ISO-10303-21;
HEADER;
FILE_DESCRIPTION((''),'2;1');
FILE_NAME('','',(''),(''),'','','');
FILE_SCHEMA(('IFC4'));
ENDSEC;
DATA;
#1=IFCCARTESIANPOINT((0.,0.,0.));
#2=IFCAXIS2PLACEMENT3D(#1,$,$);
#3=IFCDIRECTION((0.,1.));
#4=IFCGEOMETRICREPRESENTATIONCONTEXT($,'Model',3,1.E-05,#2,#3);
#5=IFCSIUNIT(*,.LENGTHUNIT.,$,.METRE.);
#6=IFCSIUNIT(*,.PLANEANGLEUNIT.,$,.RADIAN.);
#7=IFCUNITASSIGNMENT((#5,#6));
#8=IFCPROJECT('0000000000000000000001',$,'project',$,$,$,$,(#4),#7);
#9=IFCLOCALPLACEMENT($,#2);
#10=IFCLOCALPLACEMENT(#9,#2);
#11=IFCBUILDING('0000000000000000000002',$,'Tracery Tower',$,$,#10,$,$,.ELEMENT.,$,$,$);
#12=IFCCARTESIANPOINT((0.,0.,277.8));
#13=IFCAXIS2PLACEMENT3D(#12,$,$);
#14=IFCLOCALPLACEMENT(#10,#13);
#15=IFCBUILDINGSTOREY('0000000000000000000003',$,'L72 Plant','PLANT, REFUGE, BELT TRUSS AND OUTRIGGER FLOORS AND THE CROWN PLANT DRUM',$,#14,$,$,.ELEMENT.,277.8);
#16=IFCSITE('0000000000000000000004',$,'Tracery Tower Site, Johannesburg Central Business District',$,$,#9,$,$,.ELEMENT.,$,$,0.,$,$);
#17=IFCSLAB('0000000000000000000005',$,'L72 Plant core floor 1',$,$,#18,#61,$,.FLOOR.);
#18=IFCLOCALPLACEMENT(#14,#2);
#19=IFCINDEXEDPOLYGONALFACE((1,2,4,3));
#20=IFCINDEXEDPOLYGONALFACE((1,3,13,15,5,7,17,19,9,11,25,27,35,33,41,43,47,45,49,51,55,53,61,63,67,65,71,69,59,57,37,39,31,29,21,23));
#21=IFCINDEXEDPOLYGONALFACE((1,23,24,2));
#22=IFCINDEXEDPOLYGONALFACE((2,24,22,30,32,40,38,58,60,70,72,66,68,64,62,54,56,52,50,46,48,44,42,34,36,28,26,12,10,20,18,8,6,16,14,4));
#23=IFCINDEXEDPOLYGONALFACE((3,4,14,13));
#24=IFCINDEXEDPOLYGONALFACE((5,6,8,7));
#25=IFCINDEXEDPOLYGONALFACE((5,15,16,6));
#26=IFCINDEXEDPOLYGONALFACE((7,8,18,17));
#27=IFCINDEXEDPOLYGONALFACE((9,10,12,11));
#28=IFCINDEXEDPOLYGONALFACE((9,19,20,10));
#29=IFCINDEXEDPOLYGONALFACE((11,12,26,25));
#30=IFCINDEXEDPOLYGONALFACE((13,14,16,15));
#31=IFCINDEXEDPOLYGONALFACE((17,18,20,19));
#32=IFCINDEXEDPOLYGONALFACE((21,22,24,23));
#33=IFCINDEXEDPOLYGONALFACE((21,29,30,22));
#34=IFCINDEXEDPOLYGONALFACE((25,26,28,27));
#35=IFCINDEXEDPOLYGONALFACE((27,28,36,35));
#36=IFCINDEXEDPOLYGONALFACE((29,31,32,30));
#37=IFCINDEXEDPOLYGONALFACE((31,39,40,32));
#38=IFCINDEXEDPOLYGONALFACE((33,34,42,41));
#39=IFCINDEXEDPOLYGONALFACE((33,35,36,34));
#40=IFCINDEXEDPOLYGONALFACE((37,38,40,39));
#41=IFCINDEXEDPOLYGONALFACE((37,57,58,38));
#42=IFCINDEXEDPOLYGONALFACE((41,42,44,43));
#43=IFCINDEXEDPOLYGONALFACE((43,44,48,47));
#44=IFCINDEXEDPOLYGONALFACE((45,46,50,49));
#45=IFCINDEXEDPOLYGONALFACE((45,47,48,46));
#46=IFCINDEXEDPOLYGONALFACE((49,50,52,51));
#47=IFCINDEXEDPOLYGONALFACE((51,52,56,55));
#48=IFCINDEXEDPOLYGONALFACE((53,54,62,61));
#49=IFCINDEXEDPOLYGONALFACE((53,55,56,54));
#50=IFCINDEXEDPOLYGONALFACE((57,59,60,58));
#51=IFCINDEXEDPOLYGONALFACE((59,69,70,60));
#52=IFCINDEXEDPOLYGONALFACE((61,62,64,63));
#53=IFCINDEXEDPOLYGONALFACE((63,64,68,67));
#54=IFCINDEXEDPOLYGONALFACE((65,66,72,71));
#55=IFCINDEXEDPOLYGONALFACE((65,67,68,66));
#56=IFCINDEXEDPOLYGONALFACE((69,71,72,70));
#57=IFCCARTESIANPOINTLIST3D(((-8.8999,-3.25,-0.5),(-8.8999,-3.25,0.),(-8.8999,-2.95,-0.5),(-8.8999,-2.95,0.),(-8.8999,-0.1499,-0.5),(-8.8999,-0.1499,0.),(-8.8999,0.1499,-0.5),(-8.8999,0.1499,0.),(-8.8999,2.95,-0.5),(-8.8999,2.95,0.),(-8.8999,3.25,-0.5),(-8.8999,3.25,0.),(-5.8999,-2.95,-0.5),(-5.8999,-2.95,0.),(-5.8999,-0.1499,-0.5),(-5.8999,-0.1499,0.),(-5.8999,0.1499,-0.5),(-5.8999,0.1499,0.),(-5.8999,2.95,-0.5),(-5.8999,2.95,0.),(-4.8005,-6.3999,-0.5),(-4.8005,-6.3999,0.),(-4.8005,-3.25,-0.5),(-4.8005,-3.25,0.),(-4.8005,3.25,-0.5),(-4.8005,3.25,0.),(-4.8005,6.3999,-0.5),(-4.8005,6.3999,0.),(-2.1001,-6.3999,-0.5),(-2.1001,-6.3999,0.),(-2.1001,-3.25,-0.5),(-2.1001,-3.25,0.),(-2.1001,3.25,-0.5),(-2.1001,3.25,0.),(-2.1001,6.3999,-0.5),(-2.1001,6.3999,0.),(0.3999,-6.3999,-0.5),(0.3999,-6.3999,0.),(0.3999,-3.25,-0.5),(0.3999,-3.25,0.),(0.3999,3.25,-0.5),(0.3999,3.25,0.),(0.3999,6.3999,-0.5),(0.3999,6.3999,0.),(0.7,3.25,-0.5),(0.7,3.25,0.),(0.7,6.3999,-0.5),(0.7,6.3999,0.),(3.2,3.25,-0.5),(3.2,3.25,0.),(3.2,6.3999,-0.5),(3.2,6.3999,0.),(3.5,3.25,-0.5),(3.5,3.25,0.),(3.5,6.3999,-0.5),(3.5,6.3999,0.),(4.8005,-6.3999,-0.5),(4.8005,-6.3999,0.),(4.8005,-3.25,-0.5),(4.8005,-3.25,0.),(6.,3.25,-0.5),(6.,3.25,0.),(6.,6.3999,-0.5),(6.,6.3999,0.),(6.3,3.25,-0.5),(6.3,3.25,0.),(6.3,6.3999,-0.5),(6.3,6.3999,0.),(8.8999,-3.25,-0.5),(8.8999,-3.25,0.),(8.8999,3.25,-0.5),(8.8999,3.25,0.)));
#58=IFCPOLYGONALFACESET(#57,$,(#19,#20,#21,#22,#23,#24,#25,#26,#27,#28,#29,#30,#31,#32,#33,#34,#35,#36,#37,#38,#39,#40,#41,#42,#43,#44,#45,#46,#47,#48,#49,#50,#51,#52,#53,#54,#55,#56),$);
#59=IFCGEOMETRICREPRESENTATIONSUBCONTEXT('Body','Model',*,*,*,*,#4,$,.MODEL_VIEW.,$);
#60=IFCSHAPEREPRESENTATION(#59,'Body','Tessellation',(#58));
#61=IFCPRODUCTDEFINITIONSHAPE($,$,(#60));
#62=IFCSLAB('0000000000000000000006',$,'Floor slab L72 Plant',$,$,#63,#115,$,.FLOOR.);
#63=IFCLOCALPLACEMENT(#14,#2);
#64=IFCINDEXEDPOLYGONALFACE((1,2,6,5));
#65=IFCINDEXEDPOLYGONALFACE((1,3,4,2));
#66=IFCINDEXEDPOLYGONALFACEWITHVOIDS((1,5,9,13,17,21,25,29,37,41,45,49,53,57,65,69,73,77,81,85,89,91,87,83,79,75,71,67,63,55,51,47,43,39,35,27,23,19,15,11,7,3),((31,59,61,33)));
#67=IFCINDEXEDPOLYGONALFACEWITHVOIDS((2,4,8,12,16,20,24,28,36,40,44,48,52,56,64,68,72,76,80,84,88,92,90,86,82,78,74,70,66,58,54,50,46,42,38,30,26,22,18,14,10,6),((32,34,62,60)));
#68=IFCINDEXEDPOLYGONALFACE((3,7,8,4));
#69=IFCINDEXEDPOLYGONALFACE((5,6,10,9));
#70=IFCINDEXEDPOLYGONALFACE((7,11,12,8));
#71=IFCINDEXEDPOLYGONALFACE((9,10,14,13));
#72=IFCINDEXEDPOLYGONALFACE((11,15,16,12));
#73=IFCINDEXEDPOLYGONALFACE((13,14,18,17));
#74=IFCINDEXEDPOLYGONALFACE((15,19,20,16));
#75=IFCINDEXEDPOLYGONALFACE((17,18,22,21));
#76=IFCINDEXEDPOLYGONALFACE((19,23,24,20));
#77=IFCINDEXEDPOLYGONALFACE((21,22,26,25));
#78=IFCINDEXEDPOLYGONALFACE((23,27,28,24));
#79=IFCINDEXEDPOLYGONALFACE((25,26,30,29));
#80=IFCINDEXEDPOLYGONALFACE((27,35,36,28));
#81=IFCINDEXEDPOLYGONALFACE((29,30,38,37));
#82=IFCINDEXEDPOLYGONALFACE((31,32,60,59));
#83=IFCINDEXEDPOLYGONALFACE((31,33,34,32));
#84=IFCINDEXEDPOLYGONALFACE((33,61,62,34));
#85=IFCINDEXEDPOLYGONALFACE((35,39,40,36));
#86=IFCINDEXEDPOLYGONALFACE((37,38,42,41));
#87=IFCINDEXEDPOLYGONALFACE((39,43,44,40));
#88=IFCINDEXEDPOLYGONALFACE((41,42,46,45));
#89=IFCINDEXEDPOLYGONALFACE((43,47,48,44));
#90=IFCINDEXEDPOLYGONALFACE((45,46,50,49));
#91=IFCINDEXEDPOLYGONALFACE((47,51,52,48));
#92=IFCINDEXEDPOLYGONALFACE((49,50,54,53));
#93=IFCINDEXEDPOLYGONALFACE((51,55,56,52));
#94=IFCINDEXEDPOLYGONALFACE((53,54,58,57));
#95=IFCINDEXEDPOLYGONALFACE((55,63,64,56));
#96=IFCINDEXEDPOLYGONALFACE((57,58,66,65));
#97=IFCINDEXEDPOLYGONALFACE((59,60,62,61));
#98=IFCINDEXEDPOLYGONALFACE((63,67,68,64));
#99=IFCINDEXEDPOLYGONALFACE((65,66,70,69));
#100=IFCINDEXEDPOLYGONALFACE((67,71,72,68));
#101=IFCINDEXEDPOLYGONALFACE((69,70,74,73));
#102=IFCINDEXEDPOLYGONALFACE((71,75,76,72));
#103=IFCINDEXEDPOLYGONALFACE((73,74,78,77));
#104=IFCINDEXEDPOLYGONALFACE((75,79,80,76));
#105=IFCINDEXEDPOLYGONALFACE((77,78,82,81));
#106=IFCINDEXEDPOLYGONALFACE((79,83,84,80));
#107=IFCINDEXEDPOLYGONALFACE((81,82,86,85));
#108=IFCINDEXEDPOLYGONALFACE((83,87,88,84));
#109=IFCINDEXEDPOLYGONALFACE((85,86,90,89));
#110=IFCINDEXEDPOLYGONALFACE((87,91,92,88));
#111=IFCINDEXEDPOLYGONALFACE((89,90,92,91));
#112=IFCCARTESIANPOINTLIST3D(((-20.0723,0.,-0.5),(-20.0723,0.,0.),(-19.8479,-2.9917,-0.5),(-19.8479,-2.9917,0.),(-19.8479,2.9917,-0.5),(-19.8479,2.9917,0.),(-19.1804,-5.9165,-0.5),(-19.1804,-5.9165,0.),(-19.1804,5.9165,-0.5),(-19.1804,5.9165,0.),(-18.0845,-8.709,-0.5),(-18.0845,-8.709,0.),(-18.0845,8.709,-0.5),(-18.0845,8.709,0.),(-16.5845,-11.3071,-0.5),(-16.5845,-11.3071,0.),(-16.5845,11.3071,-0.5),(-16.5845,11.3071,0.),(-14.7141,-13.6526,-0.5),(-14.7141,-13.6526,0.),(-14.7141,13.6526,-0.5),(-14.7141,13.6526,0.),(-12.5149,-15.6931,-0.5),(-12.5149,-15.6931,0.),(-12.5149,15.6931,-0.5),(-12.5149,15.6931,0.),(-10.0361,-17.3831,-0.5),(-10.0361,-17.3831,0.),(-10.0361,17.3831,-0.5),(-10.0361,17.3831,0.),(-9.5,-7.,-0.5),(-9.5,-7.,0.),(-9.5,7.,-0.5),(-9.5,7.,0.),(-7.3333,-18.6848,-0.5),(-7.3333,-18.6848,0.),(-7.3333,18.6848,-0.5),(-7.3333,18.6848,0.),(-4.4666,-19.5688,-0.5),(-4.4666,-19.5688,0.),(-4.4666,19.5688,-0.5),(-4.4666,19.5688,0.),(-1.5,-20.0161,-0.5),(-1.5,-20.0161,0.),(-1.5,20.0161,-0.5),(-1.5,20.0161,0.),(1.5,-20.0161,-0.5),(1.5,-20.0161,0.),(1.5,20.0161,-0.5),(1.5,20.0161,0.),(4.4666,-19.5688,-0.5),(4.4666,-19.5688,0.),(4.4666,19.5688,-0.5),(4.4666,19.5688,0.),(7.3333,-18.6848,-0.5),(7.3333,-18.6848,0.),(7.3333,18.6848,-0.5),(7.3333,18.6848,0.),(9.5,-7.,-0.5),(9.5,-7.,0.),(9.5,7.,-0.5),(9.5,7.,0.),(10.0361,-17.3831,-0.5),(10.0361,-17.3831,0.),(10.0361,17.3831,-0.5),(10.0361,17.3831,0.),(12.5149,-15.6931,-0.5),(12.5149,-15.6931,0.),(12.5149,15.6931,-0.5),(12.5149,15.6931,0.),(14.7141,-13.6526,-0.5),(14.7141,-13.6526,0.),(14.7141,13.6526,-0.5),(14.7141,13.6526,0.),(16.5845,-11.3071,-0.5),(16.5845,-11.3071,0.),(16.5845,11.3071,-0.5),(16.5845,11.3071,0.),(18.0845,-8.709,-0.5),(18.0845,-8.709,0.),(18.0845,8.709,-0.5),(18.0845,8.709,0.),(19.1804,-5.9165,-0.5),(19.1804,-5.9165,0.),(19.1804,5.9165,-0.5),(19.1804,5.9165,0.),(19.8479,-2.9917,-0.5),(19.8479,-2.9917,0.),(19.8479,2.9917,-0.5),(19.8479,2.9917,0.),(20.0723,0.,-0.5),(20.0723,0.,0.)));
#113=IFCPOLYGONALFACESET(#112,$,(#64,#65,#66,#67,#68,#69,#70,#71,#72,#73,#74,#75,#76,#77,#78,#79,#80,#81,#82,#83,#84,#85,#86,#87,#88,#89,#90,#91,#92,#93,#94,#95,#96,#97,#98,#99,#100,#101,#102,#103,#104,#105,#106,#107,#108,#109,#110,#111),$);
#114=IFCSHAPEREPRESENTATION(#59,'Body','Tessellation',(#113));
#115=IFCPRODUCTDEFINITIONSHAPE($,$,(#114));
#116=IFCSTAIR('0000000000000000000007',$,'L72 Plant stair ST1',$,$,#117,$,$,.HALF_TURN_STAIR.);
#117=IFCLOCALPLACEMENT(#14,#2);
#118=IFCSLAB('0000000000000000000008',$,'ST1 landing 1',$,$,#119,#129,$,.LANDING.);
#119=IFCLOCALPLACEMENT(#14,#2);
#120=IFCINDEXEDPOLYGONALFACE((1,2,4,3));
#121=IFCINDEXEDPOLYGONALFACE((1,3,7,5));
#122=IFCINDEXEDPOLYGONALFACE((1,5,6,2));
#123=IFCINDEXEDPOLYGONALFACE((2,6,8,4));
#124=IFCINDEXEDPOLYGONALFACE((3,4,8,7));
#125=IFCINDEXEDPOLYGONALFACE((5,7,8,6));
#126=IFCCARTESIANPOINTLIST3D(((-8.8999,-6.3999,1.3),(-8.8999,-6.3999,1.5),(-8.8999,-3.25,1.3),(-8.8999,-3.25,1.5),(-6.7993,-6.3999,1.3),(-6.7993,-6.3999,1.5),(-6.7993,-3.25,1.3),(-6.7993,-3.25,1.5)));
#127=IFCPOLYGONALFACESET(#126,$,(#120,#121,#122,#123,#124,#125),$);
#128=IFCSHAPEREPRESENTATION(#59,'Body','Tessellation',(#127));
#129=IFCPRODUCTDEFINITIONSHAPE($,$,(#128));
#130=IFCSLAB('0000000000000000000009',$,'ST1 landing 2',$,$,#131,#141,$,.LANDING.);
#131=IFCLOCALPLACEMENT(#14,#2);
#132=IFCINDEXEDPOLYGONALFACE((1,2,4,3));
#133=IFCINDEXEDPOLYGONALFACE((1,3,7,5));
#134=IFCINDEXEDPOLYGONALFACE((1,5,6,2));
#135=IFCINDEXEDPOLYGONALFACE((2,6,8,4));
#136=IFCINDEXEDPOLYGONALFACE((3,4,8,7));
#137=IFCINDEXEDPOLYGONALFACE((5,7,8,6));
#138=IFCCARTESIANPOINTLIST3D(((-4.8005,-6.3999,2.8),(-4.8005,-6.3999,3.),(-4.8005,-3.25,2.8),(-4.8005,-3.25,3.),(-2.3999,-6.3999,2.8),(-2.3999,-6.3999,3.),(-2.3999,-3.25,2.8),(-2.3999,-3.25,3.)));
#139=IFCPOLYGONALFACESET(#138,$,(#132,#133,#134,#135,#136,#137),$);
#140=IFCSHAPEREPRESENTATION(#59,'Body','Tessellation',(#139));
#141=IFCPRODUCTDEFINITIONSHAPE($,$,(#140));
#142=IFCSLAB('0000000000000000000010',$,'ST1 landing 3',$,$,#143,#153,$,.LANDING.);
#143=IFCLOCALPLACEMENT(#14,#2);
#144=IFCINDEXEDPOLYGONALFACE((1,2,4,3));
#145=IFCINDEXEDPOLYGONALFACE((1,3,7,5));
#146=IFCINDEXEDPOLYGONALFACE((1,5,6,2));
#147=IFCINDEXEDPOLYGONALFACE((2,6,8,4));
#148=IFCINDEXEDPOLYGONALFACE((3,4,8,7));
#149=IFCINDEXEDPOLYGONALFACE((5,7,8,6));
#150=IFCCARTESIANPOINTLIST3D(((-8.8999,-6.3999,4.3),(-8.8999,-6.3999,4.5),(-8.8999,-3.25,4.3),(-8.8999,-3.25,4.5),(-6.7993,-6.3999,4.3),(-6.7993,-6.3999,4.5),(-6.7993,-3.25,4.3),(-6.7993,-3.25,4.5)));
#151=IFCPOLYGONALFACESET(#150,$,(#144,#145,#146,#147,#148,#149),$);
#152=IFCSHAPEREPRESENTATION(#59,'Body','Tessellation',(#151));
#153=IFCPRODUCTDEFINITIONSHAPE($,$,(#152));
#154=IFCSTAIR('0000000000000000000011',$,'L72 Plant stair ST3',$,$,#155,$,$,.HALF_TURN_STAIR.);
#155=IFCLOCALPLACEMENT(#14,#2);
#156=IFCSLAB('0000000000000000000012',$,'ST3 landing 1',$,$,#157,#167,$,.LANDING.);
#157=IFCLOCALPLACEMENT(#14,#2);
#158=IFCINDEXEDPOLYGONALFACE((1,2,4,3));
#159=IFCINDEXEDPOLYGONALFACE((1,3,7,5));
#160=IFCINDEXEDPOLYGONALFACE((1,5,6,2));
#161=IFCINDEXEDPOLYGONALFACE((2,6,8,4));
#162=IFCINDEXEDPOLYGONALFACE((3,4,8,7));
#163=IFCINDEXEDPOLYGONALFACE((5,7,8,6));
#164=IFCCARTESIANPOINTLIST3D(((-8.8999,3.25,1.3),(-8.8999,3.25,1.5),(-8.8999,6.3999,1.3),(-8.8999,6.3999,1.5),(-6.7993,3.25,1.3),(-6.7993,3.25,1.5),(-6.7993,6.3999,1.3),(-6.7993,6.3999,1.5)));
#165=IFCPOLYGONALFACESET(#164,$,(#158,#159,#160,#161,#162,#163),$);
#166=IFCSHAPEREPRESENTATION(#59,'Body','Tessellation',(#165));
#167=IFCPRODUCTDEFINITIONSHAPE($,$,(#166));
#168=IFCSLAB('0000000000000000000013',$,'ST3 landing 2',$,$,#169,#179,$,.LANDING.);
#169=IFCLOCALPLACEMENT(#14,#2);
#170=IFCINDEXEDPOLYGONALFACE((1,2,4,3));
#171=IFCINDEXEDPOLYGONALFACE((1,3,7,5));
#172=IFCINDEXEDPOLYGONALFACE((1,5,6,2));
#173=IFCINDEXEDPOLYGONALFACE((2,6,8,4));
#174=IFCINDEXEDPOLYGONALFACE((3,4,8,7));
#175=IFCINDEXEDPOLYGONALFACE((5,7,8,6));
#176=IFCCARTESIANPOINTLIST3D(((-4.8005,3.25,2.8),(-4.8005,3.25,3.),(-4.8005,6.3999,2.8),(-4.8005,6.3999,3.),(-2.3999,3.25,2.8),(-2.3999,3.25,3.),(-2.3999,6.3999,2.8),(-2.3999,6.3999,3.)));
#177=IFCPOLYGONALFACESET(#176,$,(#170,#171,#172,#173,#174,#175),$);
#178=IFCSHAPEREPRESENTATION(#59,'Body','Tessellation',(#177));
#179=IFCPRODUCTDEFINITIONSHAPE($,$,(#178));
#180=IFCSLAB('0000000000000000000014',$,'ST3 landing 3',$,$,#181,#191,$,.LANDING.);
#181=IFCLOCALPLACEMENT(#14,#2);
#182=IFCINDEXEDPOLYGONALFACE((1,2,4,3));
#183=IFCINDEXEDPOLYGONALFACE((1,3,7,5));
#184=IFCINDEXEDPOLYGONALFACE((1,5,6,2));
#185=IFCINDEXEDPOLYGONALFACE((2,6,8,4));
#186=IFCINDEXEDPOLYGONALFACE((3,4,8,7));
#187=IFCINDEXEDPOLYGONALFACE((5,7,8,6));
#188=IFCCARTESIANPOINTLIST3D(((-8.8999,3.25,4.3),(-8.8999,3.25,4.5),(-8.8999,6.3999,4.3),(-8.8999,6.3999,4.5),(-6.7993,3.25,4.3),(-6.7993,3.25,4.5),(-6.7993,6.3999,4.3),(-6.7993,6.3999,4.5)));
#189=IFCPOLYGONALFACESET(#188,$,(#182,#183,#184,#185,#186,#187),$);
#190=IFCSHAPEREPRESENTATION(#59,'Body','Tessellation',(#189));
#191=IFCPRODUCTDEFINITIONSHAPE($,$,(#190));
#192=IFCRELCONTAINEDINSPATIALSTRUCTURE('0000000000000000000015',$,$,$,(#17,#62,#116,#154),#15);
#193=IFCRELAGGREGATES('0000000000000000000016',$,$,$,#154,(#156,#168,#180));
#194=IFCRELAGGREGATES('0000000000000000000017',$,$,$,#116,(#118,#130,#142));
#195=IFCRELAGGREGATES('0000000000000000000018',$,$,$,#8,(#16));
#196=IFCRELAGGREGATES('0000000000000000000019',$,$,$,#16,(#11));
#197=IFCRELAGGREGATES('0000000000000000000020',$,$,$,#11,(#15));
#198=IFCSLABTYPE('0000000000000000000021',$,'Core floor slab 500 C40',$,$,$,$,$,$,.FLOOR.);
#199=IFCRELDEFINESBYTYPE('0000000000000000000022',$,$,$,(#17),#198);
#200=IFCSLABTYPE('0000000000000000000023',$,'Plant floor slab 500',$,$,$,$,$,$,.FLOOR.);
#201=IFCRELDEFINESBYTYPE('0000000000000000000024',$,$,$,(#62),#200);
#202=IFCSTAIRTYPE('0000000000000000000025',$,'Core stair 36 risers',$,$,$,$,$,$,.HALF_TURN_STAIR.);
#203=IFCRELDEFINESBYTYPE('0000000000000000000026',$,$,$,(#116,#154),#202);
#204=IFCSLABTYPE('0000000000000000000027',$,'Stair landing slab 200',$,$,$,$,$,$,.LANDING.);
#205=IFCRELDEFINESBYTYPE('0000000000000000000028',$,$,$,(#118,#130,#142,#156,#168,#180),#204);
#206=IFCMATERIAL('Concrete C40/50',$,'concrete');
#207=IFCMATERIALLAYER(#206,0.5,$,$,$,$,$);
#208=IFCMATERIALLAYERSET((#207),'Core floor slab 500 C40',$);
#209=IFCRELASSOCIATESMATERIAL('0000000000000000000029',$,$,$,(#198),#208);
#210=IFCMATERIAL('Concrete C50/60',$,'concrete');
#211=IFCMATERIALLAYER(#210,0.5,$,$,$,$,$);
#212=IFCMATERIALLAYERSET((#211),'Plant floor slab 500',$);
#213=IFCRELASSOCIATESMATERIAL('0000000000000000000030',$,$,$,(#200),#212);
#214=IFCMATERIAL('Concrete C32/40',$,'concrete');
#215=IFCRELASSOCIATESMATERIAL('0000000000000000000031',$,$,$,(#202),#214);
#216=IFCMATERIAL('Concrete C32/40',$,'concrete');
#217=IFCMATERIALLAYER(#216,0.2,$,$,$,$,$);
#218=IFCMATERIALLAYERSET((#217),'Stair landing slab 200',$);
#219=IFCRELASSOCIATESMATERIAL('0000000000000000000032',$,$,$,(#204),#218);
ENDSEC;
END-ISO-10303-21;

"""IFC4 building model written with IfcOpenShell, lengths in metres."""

from ifc_helpers import new_model, si_unit, direction, frame, origin, place, context, subcontext, project, spatial, polyline, outline, extrude, material, layer, layer_set, type_object, element, aggregate, save


model = new_model("IFC4")

# Units and contexts
model_context = context("Model", 3, precision=1e-05, world=origin(), true_north=direction((0.0, 1.0)))
body_context = subcontext(model_context, "Body", "Model", "MODEL_VIEW")
ifc_project = project(units=[si_unit("LENGTHUNIT", "METRE"), si_unit("PLANEANGLEUNIT", "RADIAN")], contexts=[model_context])

# Site, building, storey
site_placement = place(None, origin())
site = spatial("IfcSite", under=ifc_project, at=site_placement, Name="Tracery Tower Site, Johannesburg Central Business District", CompositionType="ELEMENT", RefElevation=0.0)
building_placement = place(site_placement, origin())
building = spatial("IfcBuilding", under=site, at=building_placement, Name="Tracery Tower", CompositionType="ELEMENT")
storey_placement = place(building_placement, frame((0.0, 0.0, 277.8)))
storey = spatial("IfcBuildingStorey", under=building, at=storey_placement, Name="L72 Plant", Description="PLANT, REFUGE, BELT TRUSS AND OUTRIGGER FLOORS AND THE CROWN PLANT DRUM", CompositionType="ELEMENT", Elevation=277.8)

# Slabs
ifc_material_1 = material(Name="Concrete C40/50", Category="concrete")
ifc_layer_1 = layer(ifc_material_1, 0.5)
ifc_layer_set_1 = layer_set([ifc_layer_1], Name="Core floor slab 500 C40")
slab_type_1 = type_object("IfcSlabType", Name="Core floor slab 500 C40", PredefinedType="FLOOR", material=ifc_layer_set_1)
slab_1_placement = place(storey_placement, frame((0.0, 0.0, -0.5)))
element("IfcSlab", 1, at=slab_1_placement, inside=storey, type_object=slab_type_1, Name="L72 Plant core floor 1", PredefinedType="FLOOR", context=body_context, shape_type="SweptSolid", body=[
    extrude(outline(polyline([(-4.8005, -3.25), (-8.8999, -3.25), (-8.8999, -2.95), (-5.8999, -2.95), (-5.8999, -0.1499), (-8.8999, -0.1499), (-8.8999, 0.1499), (-5.8999, 0.1499), (-5.8999, 2.95), (-8.8999, 2.95), (-8.8999, 3.25), (-4.8005, 3.25), (-4.8005, 6.3999), (-2.1001, 6.3999), (-2.1001, 3.25), (0.3999, 3.25), (0.3999, 6.3999), (0.7, 6.3999), (0.7, 3.25), (3.2, 3.25), (3.2, 6.3999), (3.5, 6.3999), (3.5, 3.25), (6.0, 3.25), (6.0, 6.3999), (6.3, 6.3999), (6.3, 3.25), (8.8999, 3.25), (8.8999, -3.25), (4.8005, -3.25), (4.8005, -6.3999), (0.3999, -6.3999), (0.3999, -3.25), (-2.1001, -3.25), (-2.1001, -6.3999), (-4.8005, -6.3999), (-4.8005, -3.25)])), origin(), (0.0, 0.0, 1.0), 0.5),
])
ifc_material_2 = material(Name="Concrete C50/60", Category="concrete")
ifc_layer_2 = layer(ifc_material_2, 0.5)
ifc_layer_set_2 = layer_set([ifc_layer_2], Name="Plant floor slab 500")
slab_type_2 = type_object("IfcSlabType", Name="Plant floor slab 500", PredefinedType="FLOOR", material=ifc_layer_set_2)
slab_2_placement = place(storey_placement, frame((0.0, 0.0, -0.5)))
element("IfcSlab", 2, at=slab_2_placement, inside=storey, type_object=slab_type_2, Name="Floor slab L72 Plant", PredefinedType="FLOOR", context=body_context, shape_type="SweptSolid", body=[
    extrude(outline(polyline([(20.0723, 0.0), (19.8479, 2.9917), (19.1804, 5.9165), (18.0845, 8.709), (16.5845, 11.3071), (14.7141, 13.6526), (12.5149, 15.6931), (10.0361, 17.3831), (7.3333, 18.6848), (4.4666, 19.5688), (1.5, 20.0161), (-1.5, 20.0161), (-4.4666, 19.5688), (-7.3333, 18.6848), (-10.0361, 17.3831), (-12.5149, 15.6931), (-14.7141, 13.6526), (-16.5845, 11.3071), (-18.0845, 8.709), (-19.1804, 5.9165), (-19.8479, 2.9917), (-20.0723, 0.0), (-19.8479, -2.9917), (-19.1804, -5.9165), (-18.0845, -8.709), (-16.5845, -11.3071), (-14.7141, -13.6526), (-12.5149, -15.6931), (-10.0361, -17.3831), (-7.3333, -18.6848), (-4.4666, -19.5688), (-1.5, -20.0161), (1.5, -20.0161), (4.4666, -19.5688), (7.3333, -18.6848), (10.0361, -17.3831), (12.5149, -15.6931), (14.7141, -13.6526), (16.5845, -11.3071), (18.0845, -8.709), (19.1804, -5.9165), (19.8479, -2.9917), (20.0723, 0.0)]), holes=[polyline([(-9.5, -7.0), (9.5, -7.0), (9.5, 7.0), (-9.5, 7.0), (-9.5, -7.0)])]), origin(), (0.0, 0.0, 1.0), 0.5),
])

# Stairs, slabs
ifc_material_3 = material(Name="Concrete C32/40", Category="concrete")
stair_type = type_object("IfcStairType", Name="Core stair 36 risers", PredefinedType="HALF_TURN_STAIR", material=ifc_material_3)
stair_1_placement = place(storey_placement, origin())
stair_1 = element("IfcStair", 3, at=stair_1_placement, inside=storey, type_object=stair_type, Name="L72 Plant stair ST1", PredefinedType="HALF_TURN_STAIR")
ifc_material_4 = material(Name="Concrete C32/40", Category="concrete")
ifc_layer_3 = layer(ifc_material_4, 0.2)
ifc_layer_set_3 = layer_set([ifc_layer_3], Name="Stair landing slab 200")
slab_type_3 = type_object("IfcSlabType", Name="Stair landing slab 200", PredefinedType="LANDING", material=ifc_layer_set_3)
slab_3_placement = place(storey_placement, frame((0.0, 0.0, 1.3)))
slab_3 = element("IfcSlab", 4, at=slab_3_placement, type_object=slab_type_3, Name="ST1 landing 1", PredefinedType="LANDING", context=body_context, shape_type="SweptSolid", body=[
    extrude(outline(polyline([(-6.7993, -3.25), (-8.8999, -3.25), (-8.8999, -6.3999), (-6.7993, -6.3999), (-6.7993, -3.25)])), origin(), (0.0, 0.0, 1.0), 0.2),
])
slab_4_placement = place(storey_placement, frame((0.0, 0.0, 2.8)))
slab_4 = element("IfcSlab", 5, at=slab_4_placement, type_object=slab_type_3, Name="ST1 landing 2", PredefinedType="LANDING", context=body_context, shape_type="SweptSolid", body=[
    extrude(outline(polyline([(-2.3999, -3.25), (-4.8005, -3.25), (-4.8005, -6.3999), (-2.3999, -6.3999), (-2.3999, -3.25)])), origin(), (0.0, 0.0, 1.0), 0.2),
])
slab_5_placement = place(storey_placement, frame((0.0, 0.0, 4.3)))
slab_5 = element("IfcSlab", 6, at=slab_5_placement, type_object=slab_type_3, Name="ST1 landing 3", PredefinedType="LANDING", context=body_context, shape_type="SweptSolid", body=[
    extrude(outline(polyline([(-6.7993, -3.25), (-8.8999, -3.25), (-8.8999, -6.3999), (-6.7993, -6.3999), (-6.7993, -3.25)])), origin(), (0.0, 0.0, 1.0), 0.2),
])
stair_2_placement = place(storey_placement, origin())
stair_2 = element("IfcStair", 7, at=stair_2_placement, inside=storey, type_object=stair_type, Name="L72 Plant stair ST3", PredefinedType="HALF_TURN_STAIR")
slab_6_placement = place(storey_placement, frame((0.0, 0.0, 1.3)))
slab_6 = element("IfcSlab", 8, at=slab_6_placement, type_object=slab_type_3, Name="ST3 landing 1", PredefinedType="LANDING", context=body_context, shape_type="SweptSolid", body=[
    extrude(outline(polyline([(-6.7993, 6.3999), (-8.8999, 6.3999), (-8.8999, 3.25), (-6.7993, 3.25), (-6.7993, 6.3999)])), origin(), (0.0, 0.0, 1.0), 0.2),
])
slab_7_placement = place(storey_placement, frame((0.0, 0.0, 2.8)))
slab_7 = element("IfcSlab", 9, at=slab_7_placement, type_object=slab_type_3, Name="ST3 landing 2", PredefinedType="LANDING", context=body_context, shape_type="SweptSolid", body=[
    extrude(outline(polyline([(-2.3999, 6.3999), (-4.8005, 6.3999), (-4.8005, 3.25), (-2.3999, 3.25), (-2.3999, 6.3999)])), origin(), (0.0, 0.0, 1.0), 0.2),
])
slab_8_placement = place(storey_placement, frame((0.0, 0.0, 4.3)))
slab_8 = element("IfcSlab", 10, at=slab_8_placement, type_object=slab_type_3, Name="ST3 landing 3", PredefinedType="LANDING", context=body_context, shape_type="SweptSolid", body=[
    extrude(outline(polyline([(-6.7993, 6.3999), (-8.8999, 6.3999), (-8.8999, 3.25), (-6.7993, 3.25), (-6.7993, 6.3999)])), origin(), (0.0, 0.0, 1.0), 0.2),
])
aggregate(stair_2, [slab_6, slab_7, slab_8])

aggregate(stair_1, [slab_3, slab_4, slab_5])

save(model, "model.ifc")
